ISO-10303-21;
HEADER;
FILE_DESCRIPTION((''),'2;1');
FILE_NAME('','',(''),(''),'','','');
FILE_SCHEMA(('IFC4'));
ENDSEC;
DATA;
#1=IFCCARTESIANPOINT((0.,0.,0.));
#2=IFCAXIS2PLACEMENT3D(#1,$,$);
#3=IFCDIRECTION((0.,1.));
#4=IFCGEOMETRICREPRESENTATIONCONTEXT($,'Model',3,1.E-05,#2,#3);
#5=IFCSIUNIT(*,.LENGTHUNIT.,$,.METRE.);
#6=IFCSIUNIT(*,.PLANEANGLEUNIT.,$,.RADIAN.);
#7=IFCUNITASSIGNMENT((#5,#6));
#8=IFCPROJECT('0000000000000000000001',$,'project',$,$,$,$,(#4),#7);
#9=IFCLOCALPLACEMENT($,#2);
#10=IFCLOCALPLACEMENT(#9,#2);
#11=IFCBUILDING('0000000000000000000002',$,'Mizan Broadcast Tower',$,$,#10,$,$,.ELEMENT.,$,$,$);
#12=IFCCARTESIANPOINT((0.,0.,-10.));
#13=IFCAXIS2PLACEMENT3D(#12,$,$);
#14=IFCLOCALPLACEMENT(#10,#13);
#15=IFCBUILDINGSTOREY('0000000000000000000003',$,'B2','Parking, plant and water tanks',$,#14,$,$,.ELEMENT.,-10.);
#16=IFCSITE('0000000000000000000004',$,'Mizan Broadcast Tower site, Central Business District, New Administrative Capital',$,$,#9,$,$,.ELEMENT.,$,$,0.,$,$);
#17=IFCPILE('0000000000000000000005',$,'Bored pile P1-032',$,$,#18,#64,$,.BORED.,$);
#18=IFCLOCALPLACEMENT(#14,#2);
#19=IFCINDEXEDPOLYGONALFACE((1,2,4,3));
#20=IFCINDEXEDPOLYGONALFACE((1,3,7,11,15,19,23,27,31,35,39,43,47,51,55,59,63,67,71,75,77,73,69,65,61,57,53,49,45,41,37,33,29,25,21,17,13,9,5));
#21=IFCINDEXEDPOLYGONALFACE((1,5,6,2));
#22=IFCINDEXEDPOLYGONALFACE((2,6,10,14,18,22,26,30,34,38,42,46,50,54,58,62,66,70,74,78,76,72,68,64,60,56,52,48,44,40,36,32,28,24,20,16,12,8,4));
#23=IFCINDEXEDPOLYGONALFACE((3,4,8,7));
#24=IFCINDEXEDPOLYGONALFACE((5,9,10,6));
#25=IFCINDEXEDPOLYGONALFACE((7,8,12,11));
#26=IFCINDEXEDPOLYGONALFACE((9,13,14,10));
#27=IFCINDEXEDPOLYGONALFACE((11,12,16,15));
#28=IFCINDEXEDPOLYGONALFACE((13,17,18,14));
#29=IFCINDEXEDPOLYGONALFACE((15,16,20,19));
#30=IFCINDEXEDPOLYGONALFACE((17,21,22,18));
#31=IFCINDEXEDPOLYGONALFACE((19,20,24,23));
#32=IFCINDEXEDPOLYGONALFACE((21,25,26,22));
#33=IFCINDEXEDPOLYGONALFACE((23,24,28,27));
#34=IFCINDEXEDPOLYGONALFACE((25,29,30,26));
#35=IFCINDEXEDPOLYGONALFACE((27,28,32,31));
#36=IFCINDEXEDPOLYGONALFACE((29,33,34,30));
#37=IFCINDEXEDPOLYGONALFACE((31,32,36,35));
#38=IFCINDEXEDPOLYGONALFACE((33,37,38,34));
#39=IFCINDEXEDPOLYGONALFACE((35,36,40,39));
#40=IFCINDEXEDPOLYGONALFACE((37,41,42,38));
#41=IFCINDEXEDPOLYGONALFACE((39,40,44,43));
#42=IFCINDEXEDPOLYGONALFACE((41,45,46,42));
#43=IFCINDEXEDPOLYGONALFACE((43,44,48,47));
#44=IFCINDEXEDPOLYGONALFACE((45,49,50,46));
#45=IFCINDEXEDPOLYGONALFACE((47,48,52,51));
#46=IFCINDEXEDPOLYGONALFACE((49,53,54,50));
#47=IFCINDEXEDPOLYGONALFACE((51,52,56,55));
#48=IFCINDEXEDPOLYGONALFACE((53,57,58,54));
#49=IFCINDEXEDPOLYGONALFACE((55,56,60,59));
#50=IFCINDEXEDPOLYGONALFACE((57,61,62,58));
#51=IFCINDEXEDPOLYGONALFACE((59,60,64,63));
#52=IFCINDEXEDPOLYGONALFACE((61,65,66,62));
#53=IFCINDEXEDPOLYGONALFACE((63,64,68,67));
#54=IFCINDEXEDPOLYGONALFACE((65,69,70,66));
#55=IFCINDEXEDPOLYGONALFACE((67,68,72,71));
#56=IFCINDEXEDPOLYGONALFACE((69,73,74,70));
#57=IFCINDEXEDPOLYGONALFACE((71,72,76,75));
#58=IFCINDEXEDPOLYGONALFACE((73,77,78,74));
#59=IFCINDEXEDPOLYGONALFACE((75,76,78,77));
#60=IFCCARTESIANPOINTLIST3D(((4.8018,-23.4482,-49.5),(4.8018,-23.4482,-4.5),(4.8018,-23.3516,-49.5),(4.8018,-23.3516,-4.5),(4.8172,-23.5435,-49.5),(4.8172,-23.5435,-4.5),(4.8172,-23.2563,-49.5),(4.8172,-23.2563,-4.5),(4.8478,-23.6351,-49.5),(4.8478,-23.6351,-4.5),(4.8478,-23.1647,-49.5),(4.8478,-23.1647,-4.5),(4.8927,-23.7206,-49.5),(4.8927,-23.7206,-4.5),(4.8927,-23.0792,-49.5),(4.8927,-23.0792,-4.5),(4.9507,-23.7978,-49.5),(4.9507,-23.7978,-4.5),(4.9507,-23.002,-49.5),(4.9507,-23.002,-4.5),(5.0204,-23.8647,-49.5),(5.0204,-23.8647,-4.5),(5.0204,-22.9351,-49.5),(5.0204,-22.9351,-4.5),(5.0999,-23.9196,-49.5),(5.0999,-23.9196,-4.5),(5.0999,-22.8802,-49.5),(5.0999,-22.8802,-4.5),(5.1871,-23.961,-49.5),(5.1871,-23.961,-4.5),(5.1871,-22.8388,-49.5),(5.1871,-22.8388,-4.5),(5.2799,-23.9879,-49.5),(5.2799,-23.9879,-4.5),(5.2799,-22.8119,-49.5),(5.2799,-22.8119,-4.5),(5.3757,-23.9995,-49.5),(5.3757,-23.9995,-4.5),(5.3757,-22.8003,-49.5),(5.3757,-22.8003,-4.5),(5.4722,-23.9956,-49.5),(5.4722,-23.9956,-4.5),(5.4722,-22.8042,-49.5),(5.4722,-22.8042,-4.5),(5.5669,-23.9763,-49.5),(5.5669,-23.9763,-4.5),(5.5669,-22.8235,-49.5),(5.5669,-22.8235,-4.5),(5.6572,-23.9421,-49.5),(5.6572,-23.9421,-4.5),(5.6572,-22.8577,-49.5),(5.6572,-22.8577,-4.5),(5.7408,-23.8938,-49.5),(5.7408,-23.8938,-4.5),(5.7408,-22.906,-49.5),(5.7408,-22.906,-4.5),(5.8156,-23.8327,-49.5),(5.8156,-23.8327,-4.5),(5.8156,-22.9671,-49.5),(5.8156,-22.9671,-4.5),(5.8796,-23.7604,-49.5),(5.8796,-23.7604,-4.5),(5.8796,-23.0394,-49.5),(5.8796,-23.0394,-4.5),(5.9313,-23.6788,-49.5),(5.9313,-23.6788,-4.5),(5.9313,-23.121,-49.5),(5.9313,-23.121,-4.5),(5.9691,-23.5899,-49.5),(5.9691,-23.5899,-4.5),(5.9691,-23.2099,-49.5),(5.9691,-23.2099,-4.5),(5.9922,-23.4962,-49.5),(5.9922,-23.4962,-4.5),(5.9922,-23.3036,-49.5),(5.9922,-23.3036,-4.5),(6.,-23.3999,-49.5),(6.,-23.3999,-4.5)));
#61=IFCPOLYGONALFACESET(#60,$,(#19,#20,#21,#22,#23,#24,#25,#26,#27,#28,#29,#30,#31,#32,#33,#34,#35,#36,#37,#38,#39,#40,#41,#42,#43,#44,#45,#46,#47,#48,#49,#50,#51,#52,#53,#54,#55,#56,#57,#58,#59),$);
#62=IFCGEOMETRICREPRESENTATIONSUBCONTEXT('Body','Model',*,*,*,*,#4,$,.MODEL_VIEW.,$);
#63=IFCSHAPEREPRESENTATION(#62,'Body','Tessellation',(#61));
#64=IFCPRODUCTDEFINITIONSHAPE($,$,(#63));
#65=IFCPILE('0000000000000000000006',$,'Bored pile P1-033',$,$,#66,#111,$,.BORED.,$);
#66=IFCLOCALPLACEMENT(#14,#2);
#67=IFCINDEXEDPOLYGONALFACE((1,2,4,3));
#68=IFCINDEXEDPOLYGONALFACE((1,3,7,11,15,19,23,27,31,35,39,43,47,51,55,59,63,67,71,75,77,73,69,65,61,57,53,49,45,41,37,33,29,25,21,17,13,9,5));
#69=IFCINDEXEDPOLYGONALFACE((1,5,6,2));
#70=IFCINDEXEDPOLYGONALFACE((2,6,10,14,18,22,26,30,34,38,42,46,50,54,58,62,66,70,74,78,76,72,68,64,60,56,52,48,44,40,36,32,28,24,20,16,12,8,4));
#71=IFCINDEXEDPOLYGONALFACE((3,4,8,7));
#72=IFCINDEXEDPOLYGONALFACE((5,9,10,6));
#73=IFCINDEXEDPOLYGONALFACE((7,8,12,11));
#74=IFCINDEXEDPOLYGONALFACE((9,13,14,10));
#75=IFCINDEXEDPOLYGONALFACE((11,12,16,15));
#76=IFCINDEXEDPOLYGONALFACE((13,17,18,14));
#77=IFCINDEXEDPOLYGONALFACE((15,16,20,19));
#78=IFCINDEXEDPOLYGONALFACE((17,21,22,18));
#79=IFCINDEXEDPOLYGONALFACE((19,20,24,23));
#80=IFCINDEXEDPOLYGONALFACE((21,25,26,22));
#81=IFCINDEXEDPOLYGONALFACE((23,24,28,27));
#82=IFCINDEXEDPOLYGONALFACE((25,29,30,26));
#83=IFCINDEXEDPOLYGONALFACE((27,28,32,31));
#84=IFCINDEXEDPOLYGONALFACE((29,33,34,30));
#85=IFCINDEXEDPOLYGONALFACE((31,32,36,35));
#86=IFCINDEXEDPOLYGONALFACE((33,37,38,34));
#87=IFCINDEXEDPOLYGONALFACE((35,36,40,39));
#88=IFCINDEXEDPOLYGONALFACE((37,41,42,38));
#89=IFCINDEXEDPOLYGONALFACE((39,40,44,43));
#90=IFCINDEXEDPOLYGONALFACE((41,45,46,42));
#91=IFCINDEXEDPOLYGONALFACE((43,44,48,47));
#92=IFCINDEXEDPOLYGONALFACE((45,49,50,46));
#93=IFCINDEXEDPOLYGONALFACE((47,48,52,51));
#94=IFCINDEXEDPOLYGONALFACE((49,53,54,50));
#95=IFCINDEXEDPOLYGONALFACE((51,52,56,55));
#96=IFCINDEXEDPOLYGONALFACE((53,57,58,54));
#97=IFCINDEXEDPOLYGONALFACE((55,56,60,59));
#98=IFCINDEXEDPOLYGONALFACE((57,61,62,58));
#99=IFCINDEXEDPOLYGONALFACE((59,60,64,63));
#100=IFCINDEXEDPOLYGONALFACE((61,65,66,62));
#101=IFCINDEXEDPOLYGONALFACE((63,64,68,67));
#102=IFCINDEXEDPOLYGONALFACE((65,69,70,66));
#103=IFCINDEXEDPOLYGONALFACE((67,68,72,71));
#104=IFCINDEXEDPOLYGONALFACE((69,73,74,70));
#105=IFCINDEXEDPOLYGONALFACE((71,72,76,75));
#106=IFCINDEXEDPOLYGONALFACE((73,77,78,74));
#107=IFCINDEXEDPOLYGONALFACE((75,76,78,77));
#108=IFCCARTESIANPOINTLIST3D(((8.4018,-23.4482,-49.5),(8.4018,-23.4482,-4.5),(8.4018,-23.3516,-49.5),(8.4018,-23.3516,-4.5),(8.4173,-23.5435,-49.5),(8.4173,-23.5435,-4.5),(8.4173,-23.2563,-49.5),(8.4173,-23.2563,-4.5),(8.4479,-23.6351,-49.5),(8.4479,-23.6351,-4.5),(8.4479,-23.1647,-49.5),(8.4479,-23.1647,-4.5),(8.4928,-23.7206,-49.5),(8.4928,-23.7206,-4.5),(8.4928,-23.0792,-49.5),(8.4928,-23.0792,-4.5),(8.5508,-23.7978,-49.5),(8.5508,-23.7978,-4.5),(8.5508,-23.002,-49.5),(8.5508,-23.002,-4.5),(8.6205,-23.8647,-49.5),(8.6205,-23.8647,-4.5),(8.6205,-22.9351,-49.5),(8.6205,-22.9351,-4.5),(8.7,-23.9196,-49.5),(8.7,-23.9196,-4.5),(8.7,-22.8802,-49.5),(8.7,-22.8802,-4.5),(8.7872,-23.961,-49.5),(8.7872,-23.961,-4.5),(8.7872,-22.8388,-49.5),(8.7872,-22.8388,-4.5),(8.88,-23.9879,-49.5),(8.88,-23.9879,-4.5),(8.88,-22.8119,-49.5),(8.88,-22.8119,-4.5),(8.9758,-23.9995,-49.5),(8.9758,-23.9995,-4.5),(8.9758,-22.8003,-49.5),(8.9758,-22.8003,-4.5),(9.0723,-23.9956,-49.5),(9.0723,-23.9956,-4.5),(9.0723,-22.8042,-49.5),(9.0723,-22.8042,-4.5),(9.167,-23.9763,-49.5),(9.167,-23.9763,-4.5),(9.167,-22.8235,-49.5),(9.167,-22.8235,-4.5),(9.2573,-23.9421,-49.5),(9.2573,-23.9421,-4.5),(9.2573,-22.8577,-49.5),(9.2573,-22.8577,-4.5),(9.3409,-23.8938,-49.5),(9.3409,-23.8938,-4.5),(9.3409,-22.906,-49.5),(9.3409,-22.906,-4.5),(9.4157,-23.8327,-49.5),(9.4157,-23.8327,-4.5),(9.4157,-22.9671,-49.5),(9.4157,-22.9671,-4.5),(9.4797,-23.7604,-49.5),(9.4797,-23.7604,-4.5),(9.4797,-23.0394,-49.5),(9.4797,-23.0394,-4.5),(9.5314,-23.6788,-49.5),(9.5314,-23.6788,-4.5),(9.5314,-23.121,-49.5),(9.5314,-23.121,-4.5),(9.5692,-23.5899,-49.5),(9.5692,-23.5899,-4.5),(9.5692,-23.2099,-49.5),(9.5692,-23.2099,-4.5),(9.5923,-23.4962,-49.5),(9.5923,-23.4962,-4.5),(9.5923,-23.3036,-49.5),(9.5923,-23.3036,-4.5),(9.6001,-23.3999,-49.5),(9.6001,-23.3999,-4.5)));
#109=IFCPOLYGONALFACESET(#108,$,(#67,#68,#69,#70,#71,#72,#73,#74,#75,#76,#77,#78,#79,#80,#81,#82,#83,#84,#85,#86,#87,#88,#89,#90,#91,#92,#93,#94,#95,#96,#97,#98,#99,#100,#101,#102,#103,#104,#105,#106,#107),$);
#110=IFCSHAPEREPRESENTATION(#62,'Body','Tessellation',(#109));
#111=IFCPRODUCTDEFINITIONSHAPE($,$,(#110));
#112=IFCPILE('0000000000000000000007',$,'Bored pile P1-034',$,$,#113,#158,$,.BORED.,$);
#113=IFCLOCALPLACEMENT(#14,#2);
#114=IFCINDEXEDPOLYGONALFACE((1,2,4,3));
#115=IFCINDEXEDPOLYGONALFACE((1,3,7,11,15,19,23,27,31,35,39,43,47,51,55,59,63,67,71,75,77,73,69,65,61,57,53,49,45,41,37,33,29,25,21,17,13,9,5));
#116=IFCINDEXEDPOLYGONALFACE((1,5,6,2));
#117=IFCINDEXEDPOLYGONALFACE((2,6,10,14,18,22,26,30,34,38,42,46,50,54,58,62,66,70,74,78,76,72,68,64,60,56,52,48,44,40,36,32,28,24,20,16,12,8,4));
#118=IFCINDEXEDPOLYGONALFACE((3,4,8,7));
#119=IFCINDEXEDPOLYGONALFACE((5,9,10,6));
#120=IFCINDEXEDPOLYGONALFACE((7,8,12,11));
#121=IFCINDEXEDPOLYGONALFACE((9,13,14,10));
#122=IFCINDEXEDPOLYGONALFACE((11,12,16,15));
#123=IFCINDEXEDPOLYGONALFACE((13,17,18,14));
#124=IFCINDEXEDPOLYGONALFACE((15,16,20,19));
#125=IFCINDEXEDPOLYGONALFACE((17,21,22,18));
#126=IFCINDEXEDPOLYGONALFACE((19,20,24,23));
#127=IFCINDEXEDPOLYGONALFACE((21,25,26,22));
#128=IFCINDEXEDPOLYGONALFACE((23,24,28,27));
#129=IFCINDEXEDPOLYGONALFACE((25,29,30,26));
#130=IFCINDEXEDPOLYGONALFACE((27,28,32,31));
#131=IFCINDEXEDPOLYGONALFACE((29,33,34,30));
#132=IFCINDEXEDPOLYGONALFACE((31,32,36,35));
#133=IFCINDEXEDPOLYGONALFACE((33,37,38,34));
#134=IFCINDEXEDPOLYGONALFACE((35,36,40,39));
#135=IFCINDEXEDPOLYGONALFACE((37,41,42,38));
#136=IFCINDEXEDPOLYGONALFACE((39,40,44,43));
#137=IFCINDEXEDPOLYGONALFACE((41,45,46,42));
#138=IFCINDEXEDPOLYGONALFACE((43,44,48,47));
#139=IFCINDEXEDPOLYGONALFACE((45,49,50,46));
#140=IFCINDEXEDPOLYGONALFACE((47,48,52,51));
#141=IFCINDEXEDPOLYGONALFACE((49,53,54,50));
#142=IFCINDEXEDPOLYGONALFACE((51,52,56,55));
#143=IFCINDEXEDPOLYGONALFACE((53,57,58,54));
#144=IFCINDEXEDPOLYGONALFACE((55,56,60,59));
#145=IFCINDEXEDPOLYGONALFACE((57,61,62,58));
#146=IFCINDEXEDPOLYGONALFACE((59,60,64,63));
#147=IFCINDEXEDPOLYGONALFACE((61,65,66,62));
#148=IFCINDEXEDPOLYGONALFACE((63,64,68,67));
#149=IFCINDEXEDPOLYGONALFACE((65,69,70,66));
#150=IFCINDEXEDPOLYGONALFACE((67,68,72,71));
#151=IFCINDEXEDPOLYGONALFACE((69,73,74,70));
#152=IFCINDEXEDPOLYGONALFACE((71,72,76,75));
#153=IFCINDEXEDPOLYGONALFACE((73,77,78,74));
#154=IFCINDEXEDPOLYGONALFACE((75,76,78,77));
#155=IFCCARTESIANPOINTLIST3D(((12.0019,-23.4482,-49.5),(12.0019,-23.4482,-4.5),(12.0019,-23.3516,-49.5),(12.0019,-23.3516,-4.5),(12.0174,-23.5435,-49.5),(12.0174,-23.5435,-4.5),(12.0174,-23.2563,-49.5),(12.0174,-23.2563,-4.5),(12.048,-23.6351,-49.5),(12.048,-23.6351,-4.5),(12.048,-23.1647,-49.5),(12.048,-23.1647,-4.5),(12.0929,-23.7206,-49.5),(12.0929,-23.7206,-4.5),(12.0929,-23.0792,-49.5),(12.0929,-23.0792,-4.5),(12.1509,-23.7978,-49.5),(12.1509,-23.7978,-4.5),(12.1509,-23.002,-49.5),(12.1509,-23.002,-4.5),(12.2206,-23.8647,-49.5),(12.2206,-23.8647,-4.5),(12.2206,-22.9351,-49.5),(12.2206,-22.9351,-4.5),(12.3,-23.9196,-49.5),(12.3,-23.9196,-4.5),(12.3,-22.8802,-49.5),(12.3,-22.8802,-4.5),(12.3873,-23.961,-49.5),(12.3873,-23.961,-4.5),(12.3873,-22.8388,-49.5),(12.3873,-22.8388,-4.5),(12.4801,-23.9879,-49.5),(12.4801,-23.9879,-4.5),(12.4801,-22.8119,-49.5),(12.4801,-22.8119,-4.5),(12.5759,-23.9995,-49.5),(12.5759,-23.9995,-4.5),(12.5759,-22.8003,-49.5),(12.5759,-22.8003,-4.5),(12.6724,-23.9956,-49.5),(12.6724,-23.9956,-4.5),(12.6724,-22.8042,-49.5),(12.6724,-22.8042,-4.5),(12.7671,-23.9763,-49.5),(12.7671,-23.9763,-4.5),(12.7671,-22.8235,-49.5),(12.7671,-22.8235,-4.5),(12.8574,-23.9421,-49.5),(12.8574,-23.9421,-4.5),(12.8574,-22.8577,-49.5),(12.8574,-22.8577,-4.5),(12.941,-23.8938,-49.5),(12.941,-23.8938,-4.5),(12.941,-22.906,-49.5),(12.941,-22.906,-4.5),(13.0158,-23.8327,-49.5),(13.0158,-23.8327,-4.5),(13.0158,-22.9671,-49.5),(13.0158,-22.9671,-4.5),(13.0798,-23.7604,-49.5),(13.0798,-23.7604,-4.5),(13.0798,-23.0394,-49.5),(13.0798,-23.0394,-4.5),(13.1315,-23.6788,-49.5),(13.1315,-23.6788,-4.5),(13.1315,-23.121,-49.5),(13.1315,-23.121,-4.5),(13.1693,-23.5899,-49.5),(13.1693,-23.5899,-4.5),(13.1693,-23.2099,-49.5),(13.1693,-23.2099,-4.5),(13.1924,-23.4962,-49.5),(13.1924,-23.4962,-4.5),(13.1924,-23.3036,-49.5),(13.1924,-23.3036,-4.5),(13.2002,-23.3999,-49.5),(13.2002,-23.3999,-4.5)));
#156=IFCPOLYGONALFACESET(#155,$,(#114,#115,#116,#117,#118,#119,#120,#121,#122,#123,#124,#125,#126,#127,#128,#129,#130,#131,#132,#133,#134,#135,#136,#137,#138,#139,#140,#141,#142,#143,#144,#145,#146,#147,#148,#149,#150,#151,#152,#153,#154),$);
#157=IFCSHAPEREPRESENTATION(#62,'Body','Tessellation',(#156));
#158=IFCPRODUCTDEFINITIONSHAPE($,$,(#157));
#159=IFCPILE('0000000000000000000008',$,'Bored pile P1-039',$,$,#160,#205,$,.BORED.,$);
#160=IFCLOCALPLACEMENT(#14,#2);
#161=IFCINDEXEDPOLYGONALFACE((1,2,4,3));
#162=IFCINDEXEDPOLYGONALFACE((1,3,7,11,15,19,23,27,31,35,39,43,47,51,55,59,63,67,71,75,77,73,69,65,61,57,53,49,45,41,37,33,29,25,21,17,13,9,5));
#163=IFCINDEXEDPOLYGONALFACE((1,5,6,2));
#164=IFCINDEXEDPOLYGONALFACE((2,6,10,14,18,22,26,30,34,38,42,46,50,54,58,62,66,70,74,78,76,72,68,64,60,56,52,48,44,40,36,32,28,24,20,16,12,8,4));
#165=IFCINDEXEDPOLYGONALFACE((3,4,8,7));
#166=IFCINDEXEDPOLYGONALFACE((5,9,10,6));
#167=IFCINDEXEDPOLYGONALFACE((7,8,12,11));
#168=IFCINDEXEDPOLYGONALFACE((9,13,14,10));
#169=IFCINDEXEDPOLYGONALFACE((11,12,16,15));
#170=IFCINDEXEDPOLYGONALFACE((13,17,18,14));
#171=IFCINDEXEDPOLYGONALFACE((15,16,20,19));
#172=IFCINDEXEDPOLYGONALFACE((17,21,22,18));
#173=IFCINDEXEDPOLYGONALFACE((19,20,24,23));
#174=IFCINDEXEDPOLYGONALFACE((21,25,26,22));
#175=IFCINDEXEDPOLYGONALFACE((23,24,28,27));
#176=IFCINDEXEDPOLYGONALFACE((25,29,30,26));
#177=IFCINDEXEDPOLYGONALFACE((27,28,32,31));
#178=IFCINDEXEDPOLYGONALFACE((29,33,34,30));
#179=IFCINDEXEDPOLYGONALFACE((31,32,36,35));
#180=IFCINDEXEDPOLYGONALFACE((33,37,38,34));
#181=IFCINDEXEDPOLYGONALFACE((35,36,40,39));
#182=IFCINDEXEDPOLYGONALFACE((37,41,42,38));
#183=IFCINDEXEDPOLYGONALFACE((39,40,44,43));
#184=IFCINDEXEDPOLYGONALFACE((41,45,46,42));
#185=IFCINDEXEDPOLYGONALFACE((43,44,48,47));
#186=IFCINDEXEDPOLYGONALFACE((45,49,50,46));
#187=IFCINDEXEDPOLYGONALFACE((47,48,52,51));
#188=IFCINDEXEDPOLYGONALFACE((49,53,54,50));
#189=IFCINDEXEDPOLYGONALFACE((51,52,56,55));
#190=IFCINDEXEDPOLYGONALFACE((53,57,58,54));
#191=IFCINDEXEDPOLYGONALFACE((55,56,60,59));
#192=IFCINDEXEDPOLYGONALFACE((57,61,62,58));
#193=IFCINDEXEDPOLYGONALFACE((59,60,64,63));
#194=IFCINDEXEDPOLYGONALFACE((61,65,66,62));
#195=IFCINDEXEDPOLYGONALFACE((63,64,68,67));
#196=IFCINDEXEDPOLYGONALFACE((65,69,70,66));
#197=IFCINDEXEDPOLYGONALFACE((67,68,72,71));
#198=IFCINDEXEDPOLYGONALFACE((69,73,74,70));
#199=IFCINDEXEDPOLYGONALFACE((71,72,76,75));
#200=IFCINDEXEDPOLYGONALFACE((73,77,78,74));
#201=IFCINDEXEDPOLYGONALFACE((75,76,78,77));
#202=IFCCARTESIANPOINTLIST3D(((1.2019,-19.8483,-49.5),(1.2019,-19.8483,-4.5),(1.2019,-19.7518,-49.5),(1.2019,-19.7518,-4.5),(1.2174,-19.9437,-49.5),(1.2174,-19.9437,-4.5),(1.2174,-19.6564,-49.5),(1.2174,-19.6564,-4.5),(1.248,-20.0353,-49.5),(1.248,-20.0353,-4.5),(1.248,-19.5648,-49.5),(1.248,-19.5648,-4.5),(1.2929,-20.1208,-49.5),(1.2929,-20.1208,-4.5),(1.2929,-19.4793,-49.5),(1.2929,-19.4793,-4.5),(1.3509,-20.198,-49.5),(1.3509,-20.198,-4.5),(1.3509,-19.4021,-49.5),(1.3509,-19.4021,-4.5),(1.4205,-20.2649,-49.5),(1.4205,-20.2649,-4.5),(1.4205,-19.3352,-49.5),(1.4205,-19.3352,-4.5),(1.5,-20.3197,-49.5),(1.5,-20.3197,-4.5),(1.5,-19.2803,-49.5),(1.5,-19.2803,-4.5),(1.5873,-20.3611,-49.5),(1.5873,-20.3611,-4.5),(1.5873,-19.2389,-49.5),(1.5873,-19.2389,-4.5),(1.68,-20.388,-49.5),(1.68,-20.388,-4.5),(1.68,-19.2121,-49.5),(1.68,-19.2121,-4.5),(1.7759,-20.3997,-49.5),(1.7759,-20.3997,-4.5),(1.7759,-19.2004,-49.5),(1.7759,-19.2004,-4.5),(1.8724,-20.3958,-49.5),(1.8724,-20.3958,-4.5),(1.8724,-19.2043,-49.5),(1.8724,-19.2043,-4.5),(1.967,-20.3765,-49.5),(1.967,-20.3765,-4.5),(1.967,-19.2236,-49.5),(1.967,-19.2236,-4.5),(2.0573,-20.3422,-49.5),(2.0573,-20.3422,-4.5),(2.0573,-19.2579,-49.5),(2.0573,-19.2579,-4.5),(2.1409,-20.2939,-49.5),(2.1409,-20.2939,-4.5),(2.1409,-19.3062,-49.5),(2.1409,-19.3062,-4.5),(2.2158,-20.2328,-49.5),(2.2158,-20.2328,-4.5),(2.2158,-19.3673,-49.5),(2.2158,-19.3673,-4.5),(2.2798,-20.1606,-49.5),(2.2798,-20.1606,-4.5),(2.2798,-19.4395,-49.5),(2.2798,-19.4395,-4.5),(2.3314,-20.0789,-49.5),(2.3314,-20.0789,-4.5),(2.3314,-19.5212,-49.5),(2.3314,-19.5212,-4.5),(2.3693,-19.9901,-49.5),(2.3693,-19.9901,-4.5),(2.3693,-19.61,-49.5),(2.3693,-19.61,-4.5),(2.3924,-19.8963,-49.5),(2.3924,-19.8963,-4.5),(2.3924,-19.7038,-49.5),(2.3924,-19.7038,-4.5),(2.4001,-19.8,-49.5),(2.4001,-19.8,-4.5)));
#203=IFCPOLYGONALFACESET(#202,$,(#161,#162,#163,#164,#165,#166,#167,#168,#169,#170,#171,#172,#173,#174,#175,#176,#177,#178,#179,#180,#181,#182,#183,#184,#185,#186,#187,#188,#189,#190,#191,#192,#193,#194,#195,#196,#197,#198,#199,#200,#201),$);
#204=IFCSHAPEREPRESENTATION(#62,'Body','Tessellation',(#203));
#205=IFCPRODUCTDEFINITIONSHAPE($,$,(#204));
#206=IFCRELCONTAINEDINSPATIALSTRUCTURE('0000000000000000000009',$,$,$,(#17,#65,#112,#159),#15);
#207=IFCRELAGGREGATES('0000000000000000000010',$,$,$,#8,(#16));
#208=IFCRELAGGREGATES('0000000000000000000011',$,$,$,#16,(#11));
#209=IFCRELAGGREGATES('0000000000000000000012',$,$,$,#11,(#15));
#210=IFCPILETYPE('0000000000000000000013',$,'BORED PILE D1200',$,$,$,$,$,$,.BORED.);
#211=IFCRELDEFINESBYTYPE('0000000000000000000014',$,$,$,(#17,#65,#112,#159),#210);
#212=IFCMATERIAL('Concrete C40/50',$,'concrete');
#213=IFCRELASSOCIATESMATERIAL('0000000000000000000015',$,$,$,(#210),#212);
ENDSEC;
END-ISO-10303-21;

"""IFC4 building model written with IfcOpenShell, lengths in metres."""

from ifc_helpers import new_model, si_unit, direction, frame, origin, origin_2d, place, context, subcontext, project, spatial, circle, extrude, material, material_profile, profile_set, type_object, element, save


model = new_model("IFC4")

# Units and contexts
model_context = context("Model", 3, precision=1e-05, world=origin(), true_north=direction((0.0, 1.0)))
body_context = subcontext(model_context, "Body", "Model", "MODEL_VIEW")
ifc_project = project(units=[si_unit("LENGTHUNIT", "METRE"), si_unit("PLANEANGLEUNIT", "RADIAN")], contexts=[model_context])

# Site, building, storey
site_placement = place(None, origin())
site = spatial("IfcSite", under=ifc_project, at=site_placement, Name="Mizan Broadcast Tower site, Central Business District, New Administrative Capital", CompositionType="ELEMENT", RefElevation=0.0)
building_placement = place(site_placement, origin())
building = spatial("IfcBuilding", under=site, at=building_placement, Name="Mizan Broadcast Tower", CompositionType="ELEMENT")
storey_placement = place(building_placement, frame((0.0, 0.0, -10.0)))
storey = spatial("IfcBuildingStorey", under=building, at=storey_placement, Name="B2", Description="Parking, plant and water tanks", CompositionType="ELEMENT", Elevation=-10.0)

# Piles
ifc_material_1 = material(Name="Concrete C40/50", Category="concrete")
ifc_material_profile_1 = material_profile(ifc_material_1, circle(Radius=0.6001, at=origin_2d()), Name="D1200")
ifc_profile_set_1 = profile_set([ifc_material_profile_1], Name="Concrete C40/50")
pile_type_1 = type_object("IfcPileType", Name="BORED PILE D1200", PredefinedType="BORED", material=ifc_profile_set_1)
for number, where, z_axis, x_axis, name in (
    (1, (5.3999, -23.3999, -4.5), (0.0, 0.0, -1.0), (1.0, 0.0, 0.0), "Bored pile P1-032"),
    (2, (9.0, -23.3999, -4.5), (0.0, 0.0, -1.0), (1.0, 0.0, 0.0), "Bored pile P1-033"),
    (3, (12.6001, -23.3999, -4.5), (0.0, 0.0, -1.0), (1.0, 0.0, 0.0), "Bored pile P1-034"),
    (4, (1.8, -19.8, -4.5), (0.0, 0.0, -1.0), (1.0, 0.0, 0.0), "Bored pile P1-039"),
):
    element("IfcPile", number, at=place(storey_placement, frame(where, z_axis=z_axis, x_axis=x_axis)), inside=storey, type_object=pile_type_1, Name=name, PredefinedType="BORED", context=body_context, shape_type="SweptSolid", body=[
        extrude(circle(Radius=0.6001, at=origin_2d()), origin(), (0.0, 0.0, 1.0), 45.0),
    ])

save(model, "model.ifc")
